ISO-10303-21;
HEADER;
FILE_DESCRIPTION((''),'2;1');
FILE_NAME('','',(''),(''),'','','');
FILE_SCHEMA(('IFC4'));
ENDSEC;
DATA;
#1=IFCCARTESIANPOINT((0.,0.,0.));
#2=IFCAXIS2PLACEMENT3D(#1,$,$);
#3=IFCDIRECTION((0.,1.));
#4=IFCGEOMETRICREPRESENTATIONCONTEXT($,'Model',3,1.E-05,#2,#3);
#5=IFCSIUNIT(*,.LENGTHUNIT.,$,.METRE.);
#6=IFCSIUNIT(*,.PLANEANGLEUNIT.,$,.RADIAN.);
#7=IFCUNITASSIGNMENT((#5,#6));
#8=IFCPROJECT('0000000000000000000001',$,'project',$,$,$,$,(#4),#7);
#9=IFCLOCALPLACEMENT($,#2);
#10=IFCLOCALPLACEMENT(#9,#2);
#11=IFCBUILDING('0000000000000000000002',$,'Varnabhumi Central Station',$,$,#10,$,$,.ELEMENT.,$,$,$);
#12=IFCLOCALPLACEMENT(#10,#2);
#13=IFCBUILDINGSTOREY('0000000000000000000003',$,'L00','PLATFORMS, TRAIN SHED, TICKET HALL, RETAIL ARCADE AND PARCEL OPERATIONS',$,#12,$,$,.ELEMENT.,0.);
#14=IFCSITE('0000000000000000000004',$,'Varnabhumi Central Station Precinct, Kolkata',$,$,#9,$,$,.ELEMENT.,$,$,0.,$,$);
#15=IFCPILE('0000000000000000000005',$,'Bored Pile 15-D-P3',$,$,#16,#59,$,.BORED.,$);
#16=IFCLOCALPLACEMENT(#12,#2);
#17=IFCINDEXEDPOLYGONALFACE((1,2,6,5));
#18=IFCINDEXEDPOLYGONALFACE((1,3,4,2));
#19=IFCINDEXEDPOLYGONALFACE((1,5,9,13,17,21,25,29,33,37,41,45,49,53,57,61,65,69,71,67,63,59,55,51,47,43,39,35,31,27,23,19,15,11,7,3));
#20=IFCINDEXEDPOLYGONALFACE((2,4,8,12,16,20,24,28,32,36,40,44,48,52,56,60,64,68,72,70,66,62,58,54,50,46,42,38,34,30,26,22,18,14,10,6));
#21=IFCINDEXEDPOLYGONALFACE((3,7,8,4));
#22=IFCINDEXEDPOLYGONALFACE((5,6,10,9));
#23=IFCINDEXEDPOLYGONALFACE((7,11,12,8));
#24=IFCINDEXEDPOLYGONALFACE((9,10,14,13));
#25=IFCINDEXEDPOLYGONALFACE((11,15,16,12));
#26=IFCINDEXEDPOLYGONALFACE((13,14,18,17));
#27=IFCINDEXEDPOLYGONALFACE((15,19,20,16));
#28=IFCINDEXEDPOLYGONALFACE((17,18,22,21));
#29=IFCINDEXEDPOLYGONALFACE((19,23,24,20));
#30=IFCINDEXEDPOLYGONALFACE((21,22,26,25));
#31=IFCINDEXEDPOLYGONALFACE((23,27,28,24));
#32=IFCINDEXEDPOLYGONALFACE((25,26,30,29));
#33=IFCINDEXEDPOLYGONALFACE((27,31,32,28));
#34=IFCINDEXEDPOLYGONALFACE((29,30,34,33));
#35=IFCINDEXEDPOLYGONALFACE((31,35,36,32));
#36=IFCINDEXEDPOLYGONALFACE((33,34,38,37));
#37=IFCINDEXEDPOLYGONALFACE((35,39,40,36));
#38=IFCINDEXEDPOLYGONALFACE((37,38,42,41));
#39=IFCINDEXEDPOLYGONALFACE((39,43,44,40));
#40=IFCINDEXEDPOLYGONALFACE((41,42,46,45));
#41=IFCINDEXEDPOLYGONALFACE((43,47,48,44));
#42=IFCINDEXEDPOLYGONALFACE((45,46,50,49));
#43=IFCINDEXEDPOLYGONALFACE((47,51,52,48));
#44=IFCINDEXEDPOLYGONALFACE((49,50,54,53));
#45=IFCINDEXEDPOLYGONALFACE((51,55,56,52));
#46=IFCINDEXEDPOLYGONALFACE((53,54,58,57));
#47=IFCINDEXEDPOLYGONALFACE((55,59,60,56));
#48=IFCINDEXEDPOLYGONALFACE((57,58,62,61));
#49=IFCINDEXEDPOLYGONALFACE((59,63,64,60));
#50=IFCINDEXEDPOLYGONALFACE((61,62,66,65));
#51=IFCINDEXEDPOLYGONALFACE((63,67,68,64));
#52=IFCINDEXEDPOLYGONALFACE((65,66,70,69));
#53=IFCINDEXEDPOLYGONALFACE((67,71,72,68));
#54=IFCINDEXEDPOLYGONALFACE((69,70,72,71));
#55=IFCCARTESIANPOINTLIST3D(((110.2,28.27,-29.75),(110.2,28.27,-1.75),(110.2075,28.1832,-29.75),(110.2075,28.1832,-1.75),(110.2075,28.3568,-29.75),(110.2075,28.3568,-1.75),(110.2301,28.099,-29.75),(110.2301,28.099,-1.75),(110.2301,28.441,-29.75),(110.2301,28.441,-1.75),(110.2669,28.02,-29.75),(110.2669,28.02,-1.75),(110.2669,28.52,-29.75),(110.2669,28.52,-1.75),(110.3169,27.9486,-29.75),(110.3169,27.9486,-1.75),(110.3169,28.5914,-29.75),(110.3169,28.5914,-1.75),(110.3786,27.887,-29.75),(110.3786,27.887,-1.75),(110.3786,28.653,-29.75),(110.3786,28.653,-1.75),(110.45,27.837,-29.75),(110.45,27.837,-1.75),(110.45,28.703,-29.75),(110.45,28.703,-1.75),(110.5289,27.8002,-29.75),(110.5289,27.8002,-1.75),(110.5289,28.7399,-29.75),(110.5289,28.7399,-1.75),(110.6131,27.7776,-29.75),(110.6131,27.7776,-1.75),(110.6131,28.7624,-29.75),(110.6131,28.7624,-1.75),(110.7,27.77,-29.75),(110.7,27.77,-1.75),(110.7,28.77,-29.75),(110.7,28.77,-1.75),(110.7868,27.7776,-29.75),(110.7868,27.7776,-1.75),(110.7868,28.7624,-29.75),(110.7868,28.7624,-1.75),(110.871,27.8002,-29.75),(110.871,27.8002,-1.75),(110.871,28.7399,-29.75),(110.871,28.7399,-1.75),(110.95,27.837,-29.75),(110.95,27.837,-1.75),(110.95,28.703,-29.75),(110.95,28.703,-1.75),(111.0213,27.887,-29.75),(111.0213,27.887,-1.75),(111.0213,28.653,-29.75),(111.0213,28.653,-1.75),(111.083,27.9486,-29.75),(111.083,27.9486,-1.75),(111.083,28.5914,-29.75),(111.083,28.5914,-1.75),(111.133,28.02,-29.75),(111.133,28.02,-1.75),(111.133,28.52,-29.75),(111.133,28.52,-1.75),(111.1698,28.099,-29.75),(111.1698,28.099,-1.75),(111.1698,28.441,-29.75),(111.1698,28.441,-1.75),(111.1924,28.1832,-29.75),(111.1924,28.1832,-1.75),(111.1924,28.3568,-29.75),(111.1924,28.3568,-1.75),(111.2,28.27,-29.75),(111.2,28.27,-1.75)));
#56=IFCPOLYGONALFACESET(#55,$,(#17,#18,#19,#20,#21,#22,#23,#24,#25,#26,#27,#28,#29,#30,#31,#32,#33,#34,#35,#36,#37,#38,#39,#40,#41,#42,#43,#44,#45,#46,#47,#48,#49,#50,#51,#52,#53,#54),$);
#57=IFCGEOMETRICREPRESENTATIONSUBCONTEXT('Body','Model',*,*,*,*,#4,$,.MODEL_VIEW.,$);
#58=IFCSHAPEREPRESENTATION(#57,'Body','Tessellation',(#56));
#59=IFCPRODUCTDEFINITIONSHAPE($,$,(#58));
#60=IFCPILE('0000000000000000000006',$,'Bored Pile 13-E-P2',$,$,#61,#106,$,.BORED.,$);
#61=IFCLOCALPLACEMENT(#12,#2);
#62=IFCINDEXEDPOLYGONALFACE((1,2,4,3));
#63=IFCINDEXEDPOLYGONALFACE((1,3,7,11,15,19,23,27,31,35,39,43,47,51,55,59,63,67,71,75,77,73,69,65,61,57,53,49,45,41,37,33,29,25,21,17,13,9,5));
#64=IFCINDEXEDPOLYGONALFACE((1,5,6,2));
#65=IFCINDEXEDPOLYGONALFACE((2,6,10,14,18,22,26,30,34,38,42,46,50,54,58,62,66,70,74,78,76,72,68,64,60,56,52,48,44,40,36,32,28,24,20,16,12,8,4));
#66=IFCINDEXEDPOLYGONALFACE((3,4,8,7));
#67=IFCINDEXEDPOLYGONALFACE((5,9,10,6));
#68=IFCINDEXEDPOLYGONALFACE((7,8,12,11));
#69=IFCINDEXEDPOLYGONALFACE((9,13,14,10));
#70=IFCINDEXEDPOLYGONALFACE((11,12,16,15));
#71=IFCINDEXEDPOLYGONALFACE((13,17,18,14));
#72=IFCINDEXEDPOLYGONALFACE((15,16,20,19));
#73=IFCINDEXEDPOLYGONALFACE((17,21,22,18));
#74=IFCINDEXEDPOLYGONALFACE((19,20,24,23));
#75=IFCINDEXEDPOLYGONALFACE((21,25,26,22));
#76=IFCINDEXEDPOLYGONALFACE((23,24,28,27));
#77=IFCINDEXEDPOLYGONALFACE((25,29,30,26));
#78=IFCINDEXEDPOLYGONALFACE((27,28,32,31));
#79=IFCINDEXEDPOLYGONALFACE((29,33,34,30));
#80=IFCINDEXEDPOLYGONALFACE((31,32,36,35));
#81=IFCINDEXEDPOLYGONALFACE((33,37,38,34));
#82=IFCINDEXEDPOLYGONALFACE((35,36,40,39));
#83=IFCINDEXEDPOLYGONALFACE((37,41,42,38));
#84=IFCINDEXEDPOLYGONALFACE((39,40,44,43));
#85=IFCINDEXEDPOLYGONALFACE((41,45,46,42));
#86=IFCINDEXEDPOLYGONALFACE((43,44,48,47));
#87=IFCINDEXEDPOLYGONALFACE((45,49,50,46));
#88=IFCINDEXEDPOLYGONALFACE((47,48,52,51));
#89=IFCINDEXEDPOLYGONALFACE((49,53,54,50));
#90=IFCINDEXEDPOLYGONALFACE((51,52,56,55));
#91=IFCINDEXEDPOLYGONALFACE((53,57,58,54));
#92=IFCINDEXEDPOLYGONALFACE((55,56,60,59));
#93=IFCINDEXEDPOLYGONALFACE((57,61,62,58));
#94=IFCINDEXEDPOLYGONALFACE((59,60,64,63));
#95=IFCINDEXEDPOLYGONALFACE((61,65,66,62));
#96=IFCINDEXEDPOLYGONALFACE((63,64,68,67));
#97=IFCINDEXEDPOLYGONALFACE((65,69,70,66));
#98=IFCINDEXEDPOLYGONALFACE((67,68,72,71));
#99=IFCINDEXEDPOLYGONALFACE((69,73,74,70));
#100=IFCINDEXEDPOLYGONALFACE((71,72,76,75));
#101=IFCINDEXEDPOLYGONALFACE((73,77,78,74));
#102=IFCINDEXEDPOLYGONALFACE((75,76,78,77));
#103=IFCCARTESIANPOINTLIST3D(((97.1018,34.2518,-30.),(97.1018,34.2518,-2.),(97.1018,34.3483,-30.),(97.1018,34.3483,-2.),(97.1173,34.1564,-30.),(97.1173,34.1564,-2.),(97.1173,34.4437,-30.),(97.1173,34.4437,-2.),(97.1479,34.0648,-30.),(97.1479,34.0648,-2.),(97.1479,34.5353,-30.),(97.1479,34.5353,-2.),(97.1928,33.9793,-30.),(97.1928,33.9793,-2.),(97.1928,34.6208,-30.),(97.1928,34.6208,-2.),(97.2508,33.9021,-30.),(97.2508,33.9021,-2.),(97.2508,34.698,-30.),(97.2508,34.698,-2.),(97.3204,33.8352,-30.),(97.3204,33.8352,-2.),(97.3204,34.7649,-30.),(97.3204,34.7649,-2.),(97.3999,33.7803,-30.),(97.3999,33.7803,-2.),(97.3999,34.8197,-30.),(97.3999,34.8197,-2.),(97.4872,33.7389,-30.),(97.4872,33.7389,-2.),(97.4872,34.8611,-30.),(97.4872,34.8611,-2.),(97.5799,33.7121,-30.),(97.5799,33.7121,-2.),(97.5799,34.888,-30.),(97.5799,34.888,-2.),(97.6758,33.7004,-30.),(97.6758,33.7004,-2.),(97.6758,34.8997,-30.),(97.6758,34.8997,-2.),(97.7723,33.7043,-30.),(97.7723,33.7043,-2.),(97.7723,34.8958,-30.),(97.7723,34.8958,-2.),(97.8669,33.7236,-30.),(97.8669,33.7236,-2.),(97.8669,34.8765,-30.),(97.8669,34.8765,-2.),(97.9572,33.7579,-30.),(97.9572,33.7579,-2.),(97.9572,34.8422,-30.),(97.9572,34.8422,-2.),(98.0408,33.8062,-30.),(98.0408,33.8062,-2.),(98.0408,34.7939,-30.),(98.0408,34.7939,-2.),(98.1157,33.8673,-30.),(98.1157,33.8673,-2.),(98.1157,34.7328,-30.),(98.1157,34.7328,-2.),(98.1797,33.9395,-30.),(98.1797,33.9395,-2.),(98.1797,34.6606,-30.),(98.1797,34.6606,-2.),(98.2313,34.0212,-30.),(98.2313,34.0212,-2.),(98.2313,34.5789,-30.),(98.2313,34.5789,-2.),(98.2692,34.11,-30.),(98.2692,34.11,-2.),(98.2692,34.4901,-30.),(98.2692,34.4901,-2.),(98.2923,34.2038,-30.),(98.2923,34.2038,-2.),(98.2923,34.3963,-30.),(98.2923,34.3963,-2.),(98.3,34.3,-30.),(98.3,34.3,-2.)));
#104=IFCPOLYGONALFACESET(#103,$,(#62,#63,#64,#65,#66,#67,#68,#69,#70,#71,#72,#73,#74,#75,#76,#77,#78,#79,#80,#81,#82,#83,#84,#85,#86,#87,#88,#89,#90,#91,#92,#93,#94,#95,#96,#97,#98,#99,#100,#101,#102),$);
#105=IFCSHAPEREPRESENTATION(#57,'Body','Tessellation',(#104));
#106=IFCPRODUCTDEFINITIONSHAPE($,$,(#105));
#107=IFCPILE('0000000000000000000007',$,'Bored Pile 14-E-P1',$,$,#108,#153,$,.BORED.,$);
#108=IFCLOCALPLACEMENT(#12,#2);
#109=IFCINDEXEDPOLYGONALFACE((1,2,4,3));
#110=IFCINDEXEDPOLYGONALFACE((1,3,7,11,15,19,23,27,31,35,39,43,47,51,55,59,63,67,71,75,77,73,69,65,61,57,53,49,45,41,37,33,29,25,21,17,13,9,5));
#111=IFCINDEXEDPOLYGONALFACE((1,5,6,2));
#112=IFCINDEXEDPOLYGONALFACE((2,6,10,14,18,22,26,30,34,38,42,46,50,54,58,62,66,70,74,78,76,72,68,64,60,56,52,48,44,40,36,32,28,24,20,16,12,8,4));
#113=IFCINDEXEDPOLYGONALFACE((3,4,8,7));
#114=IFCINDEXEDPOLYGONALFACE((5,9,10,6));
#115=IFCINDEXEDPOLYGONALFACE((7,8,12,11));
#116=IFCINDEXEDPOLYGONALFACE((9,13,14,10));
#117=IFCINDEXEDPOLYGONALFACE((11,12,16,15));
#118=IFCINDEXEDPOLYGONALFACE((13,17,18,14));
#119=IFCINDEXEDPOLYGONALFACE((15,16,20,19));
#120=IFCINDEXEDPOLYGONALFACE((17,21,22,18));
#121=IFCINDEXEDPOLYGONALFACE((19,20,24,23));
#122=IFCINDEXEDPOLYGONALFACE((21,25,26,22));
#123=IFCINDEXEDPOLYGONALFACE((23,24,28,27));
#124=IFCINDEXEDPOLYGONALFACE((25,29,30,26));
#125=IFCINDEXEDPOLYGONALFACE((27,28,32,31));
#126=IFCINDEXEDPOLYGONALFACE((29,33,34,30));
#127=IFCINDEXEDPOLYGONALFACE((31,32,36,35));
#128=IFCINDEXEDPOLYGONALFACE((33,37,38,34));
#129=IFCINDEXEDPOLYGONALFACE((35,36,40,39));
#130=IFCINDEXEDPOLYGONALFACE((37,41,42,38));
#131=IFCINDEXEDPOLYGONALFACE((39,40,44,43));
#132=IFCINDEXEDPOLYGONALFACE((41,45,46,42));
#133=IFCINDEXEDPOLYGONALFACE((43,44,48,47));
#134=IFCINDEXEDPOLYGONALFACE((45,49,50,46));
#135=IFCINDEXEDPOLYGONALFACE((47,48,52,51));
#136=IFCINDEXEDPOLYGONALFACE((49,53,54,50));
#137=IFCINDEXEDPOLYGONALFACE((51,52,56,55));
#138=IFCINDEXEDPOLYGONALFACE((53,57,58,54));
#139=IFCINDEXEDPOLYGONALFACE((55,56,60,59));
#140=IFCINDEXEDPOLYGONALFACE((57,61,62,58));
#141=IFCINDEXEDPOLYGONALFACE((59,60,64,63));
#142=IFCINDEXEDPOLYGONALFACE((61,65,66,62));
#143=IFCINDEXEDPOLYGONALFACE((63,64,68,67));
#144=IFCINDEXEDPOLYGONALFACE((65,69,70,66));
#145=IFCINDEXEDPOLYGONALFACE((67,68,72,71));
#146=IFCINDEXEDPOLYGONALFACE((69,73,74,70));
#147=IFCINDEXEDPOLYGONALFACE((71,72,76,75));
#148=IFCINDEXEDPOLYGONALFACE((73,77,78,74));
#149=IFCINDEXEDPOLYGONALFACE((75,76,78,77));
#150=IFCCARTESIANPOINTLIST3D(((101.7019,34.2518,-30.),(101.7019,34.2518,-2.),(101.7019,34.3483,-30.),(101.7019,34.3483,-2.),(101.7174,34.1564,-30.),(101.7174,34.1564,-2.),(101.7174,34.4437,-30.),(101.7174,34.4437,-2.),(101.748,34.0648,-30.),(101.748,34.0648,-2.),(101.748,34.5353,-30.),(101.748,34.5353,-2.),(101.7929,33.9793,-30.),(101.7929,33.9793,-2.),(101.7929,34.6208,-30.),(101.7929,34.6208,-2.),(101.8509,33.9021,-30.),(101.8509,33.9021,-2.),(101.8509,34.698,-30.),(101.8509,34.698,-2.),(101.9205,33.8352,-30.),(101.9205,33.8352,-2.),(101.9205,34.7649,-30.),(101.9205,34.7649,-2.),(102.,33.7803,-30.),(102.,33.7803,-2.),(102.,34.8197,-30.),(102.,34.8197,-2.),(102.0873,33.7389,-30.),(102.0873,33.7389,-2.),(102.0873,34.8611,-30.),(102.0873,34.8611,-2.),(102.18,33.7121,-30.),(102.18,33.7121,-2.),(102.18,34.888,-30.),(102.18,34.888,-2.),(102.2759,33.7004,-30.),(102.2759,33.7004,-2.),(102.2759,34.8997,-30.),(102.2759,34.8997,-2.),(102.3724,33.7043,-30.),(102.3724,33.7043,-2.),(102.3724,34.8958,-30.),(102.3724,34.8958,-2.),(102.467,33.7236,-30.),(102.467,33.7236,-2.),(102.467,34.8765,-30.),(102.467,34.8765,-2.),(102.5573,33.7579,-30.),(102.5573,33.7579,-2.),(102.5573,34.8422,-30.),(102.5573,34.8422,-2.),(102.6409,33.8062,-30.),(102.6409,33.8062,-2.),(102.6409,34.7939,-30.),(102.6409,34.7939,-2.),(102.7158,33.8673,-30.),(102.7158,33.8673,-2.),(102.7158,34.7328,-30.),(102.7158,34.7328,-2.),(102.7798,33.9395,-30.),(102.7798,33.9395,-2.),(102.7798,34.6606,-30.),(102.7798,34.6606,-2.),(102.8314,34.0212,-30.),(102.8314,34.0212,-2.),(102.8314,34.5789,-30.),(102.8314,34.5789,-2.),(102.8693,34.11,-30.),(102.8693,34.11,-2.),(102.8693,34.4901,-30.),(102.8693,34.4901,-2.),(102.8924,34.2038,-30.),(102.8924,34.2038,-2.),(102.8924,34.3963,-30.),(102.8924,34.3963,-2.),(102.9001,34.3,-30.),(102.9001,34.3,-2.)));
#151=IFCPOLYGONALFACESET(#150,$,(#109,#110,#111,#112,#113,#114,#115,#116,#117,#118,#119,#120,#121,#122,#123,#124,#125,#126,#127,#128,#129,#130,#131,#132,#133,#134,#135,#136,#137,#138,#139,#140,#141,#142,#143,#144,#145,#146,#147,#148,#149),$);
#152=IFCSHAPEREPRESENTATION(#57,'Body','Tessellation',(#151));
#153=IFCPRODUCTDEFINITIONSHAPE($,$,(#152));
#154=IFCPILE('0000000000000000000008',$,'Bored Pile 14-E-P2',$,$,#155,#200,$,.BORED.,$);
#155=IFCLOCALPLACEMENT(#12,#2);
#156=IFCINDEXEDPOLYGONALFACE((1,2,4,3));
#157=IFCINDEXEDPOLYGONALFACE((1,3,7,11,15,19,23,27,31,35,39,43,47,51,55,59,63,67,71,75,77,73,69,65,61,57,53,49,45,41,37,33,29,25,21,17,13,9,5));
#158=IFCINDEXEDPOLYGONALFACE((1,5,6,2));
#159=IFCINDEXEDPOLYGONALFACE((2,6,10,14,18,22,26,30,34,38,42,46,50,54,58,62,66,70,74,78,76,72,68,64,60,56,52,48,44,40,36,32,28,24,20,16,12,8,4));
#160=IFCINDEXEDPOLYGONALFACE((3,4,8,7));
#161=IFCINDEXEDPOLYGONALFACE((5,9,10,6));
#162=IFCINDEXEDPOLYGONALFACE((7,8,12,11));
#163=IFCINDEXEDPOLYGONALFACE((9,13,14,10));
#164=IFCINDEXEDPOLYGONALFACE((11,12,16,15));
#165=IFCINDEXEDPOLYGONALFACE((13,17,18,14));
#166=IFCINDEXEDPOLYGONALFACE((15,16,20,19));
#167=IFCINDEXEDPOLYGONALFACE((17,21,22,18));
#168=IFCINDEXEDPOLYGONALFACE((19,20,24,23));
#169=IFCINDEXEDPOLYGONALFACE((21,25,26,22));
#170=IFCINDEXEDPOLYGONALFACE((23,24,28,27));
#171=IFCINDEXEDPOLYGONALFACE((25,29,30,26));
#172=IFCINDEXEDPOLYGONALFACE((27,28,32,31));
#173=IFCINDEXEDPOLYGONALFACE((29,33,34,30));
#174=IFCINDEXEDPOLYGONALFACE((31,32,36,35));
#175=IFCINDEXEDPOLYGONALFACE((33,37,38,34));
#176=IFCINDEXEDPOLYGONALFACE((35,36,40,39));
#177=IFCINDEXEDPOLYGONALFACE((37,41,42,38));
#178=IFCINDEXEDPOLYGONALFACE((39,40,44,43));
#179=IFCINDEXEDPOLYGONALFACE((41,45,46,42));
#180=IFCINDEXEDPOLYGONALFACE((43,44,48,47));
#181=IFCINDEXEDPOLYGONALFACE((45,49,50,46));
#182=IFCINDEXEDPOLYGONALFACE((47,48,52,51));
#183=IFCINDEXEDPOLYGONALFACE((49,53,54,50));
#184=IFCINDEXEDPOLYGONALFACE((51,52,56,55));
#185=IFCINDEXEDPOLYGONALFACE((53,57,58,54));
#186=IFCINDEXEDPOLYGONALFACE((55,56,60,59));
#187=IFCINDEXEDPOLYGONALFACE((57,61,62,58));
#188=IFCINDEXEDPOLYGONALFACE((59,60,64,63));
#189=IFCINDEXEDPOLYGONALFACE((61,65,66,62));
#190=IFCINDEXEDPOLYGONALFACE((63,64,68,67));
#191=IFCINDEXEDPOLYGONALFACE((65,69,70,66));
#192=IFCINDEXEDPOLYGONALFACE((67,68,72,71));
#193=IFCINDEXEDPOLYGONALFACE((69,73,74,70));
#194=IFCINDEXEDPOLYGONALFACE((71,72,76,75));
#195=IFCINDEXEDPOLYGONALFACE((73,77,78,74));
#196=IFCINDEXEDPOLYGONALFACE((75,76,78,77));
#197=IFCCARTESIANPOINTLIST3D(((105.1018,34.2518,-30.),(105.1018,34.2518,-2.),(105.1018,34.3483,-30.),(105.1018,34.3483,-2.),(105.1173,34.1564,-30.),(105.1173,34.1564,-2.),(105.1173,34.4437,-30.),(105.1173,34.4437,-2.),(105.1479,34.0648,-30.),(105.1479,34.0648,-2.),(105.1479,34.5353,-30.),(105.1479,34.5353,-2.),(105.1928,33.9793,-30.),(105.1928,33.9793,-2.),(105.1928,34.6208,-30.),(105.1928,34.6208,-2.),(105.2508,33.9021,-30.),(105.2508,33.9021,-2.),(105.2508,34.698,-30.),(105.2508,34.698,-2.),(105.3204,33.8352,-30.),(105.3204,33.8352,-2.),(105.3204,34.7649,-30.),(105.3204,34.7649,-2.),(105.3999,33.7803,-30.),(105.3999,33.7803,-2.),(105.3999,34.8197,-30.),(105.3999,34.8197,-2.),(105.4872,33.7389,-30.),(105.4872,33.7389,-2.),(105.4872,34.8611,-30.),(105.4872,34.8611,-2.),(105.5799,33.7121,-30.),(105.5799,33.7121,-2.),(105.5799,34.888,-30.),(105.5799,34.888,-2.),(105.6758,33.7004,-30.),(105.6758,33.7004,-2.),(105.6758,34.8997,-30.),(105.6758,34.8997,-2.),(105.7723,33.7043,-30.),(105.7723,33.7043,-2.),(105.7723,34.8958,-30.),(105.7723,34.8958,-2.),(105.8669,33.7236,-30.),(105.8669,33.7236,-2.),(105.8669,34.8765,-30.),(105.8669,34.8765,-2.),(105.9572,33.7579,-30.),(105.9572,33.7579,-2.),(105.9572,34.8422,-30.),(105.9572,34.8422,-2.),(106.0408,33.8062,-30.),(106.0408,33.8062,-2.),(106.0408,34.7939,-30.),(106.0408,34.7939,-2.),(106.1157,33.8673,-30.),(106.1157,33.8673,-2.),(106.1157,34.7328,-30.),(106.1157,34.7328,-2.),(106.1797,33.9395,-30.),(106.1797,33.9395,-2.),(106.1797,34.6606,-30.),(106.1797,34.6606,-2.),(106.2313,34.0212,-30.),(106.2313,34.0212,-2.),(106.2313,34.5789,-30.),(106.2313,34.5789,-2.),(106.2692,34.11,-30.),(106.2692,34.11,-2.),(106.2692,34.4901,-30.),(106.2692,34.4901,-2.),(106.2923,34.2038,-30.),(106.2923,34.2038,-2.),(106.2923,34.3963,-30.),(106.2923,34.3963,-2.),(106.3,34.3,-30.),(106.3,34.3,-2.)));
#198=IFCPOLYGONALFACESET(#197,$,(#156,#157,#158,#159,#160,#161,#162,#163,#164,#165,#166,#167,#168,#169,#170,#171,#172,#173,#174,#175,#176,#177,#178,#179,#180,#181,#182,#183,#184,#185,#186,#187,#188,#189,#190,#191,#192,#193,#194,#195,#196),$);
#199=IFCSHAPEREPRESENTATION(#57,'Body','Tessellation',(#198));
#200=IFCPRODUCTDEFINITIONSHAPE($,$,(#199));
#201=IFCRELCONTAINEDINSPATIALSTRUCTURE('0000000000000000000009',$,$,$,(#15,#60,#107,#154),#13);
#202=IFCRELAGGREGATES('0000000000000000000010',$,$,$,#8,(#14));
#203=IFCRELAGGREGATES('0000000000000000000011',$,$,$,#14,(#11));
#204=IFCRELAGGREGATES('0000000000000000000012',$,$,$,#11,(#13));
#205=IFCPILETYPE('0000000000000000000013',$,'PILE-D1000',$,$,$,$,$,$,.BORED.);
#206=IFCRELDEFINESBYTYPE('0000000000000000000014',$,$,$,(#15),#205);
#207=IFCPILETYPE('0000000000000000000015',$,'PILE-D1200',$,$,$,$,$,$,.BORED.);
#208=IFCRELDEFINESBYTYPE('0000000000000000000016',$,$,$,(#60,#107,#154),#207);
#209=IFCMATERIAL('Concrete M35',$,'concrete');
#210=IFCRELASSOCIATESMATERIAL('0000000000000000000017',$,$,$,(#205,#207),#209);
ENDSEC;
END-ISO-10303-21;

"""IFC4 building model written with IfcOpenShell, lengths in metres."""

from ifc_helpers import new_model, si_unit, direction, frame, origin, origin_2d, place, context, subcontext, project, spatial, circle, extrude, material, material_profile, profile_set, type_object, element, save


model = new_model("IFC4")

# Units and contexts
model_context = context("Model", 3, precision=1e-05, world=origin(), true_north=direction((0.0, 1.0)))
body_context = subcontext(model_context, "Body", "Model", "MODEL_VIEW")
ifc_project = project(units=[si_unit("LENGTHUNIT", "METRE"), si_unit("PLANEANGLEUNIT", "RADIAN")], contexts=[model_context])

# Site, building, storey
site_placement = place(None, origin())
site = spatial("IfcSite", under=ifc_project, at=site_placement, Name="Varnabhumi Central Station Precinct, Kolkata", CompositionType="ELEMENT", RefElevation=0.0)
building_placement = place(site_placement, origin())
building = spatial("IfcBuilding", under=site, at=building_placement, Name="Varnabhumi Central Station", CompositionType="ELEMENT")
storey_placement = place(building_placement, origin())
storey = spatial("IfcBuildingStorey", under=building, at=storey_placement, Name="L00", Description="PLATFORMS, TRAIN SHED, TICKET HALL, RETAIL ARCADE AND PARCEL OPERATIONS", CompositionType="ELEMENT", Elevation=0.0)

# Piles
ifc_material_1 = material(Name="Concrete M35", Category="concrete")
ifc_material_profile_1 = material_profile(ifc_material_1, circle(Radius=0.5, at=origin_2d()), Name="Concrete M35", Category="concrete")
ifc_profile_set_1 = profile_set([ifc_material_profile_1], Name="Concrete M35")
pile_type_1 = type_object("IfcPileType", Name="PILE-D1000", PredefinedType="BORED", material=ifc_profile_set_1)
for number, where, z_axis, x_axis, name in (
    (1, (110.7, 28.27, -1.75), (0.0, 0.0, -1.0), (1.0, 0.0, 0.0), "Bored Pile 15-D-P3"),
):
    element("IfcPile", number, at=place(storey_placement, frame(where, z_axis=z_axis, x_axis=x_axis)), inside=storey, type_object=pile_type_1, Name=name, PredefinedType="BORED", context=body_context, shape_type="SweptSolid", body=[
        extrude(circle(Radius=0.5, at=origin_2d()), origin(), (0.0, 0.0, 1.0), 28.0),
    ])
ifc_material_profile_2 = material_profile(ifc_material_1, circle(Radius=0.6001, at=origin_2d()), Name="Concrete M35", Category="concrete")
ifc_profile_set_2 = profile_set([ifc_material_profile_2], Name="Concrete M35")
pile_type_2 = type_object("IfcPileType", Name="PILE-D1200", PredefinedType="BORED", material=ifc_profile_set_2)
for number, where, z_axis, x_axis, name in (
    (2, (97.7, 34.3, -2.0), (0.0, 0.0, -1.0), (1.0, 0.0, 0.0), "Bored Pile 13-E-P2"),
    (3, (102.3, 34.3, -2.0), (0.0, 0.0, -1.0), (1.0, 0.0, 0.0), "Bored Pile 14-E-P1"),
    (4, (105.7, 34.3, -2.0), (0.0, 0.0, -1.0), (1.0, 0.0, 0.0), "Bored Pile 14-E-P2"),
):
    element("IfcPile", number, at=place(storey_placement, frame(where, z_axis=z_axis, x_axis=x_axis)), inside=storey, type_object=pile_type_2, Name=name, PredefinedType="BORED", context=body_context, shape_type="SweptSolid", body=[
        extrude(circle(Radius=0.6001, at=origin_2d()), origin(), (0.0, 0.0, 1.0), 28.0),
    ])

save(model, "model.ifc")
